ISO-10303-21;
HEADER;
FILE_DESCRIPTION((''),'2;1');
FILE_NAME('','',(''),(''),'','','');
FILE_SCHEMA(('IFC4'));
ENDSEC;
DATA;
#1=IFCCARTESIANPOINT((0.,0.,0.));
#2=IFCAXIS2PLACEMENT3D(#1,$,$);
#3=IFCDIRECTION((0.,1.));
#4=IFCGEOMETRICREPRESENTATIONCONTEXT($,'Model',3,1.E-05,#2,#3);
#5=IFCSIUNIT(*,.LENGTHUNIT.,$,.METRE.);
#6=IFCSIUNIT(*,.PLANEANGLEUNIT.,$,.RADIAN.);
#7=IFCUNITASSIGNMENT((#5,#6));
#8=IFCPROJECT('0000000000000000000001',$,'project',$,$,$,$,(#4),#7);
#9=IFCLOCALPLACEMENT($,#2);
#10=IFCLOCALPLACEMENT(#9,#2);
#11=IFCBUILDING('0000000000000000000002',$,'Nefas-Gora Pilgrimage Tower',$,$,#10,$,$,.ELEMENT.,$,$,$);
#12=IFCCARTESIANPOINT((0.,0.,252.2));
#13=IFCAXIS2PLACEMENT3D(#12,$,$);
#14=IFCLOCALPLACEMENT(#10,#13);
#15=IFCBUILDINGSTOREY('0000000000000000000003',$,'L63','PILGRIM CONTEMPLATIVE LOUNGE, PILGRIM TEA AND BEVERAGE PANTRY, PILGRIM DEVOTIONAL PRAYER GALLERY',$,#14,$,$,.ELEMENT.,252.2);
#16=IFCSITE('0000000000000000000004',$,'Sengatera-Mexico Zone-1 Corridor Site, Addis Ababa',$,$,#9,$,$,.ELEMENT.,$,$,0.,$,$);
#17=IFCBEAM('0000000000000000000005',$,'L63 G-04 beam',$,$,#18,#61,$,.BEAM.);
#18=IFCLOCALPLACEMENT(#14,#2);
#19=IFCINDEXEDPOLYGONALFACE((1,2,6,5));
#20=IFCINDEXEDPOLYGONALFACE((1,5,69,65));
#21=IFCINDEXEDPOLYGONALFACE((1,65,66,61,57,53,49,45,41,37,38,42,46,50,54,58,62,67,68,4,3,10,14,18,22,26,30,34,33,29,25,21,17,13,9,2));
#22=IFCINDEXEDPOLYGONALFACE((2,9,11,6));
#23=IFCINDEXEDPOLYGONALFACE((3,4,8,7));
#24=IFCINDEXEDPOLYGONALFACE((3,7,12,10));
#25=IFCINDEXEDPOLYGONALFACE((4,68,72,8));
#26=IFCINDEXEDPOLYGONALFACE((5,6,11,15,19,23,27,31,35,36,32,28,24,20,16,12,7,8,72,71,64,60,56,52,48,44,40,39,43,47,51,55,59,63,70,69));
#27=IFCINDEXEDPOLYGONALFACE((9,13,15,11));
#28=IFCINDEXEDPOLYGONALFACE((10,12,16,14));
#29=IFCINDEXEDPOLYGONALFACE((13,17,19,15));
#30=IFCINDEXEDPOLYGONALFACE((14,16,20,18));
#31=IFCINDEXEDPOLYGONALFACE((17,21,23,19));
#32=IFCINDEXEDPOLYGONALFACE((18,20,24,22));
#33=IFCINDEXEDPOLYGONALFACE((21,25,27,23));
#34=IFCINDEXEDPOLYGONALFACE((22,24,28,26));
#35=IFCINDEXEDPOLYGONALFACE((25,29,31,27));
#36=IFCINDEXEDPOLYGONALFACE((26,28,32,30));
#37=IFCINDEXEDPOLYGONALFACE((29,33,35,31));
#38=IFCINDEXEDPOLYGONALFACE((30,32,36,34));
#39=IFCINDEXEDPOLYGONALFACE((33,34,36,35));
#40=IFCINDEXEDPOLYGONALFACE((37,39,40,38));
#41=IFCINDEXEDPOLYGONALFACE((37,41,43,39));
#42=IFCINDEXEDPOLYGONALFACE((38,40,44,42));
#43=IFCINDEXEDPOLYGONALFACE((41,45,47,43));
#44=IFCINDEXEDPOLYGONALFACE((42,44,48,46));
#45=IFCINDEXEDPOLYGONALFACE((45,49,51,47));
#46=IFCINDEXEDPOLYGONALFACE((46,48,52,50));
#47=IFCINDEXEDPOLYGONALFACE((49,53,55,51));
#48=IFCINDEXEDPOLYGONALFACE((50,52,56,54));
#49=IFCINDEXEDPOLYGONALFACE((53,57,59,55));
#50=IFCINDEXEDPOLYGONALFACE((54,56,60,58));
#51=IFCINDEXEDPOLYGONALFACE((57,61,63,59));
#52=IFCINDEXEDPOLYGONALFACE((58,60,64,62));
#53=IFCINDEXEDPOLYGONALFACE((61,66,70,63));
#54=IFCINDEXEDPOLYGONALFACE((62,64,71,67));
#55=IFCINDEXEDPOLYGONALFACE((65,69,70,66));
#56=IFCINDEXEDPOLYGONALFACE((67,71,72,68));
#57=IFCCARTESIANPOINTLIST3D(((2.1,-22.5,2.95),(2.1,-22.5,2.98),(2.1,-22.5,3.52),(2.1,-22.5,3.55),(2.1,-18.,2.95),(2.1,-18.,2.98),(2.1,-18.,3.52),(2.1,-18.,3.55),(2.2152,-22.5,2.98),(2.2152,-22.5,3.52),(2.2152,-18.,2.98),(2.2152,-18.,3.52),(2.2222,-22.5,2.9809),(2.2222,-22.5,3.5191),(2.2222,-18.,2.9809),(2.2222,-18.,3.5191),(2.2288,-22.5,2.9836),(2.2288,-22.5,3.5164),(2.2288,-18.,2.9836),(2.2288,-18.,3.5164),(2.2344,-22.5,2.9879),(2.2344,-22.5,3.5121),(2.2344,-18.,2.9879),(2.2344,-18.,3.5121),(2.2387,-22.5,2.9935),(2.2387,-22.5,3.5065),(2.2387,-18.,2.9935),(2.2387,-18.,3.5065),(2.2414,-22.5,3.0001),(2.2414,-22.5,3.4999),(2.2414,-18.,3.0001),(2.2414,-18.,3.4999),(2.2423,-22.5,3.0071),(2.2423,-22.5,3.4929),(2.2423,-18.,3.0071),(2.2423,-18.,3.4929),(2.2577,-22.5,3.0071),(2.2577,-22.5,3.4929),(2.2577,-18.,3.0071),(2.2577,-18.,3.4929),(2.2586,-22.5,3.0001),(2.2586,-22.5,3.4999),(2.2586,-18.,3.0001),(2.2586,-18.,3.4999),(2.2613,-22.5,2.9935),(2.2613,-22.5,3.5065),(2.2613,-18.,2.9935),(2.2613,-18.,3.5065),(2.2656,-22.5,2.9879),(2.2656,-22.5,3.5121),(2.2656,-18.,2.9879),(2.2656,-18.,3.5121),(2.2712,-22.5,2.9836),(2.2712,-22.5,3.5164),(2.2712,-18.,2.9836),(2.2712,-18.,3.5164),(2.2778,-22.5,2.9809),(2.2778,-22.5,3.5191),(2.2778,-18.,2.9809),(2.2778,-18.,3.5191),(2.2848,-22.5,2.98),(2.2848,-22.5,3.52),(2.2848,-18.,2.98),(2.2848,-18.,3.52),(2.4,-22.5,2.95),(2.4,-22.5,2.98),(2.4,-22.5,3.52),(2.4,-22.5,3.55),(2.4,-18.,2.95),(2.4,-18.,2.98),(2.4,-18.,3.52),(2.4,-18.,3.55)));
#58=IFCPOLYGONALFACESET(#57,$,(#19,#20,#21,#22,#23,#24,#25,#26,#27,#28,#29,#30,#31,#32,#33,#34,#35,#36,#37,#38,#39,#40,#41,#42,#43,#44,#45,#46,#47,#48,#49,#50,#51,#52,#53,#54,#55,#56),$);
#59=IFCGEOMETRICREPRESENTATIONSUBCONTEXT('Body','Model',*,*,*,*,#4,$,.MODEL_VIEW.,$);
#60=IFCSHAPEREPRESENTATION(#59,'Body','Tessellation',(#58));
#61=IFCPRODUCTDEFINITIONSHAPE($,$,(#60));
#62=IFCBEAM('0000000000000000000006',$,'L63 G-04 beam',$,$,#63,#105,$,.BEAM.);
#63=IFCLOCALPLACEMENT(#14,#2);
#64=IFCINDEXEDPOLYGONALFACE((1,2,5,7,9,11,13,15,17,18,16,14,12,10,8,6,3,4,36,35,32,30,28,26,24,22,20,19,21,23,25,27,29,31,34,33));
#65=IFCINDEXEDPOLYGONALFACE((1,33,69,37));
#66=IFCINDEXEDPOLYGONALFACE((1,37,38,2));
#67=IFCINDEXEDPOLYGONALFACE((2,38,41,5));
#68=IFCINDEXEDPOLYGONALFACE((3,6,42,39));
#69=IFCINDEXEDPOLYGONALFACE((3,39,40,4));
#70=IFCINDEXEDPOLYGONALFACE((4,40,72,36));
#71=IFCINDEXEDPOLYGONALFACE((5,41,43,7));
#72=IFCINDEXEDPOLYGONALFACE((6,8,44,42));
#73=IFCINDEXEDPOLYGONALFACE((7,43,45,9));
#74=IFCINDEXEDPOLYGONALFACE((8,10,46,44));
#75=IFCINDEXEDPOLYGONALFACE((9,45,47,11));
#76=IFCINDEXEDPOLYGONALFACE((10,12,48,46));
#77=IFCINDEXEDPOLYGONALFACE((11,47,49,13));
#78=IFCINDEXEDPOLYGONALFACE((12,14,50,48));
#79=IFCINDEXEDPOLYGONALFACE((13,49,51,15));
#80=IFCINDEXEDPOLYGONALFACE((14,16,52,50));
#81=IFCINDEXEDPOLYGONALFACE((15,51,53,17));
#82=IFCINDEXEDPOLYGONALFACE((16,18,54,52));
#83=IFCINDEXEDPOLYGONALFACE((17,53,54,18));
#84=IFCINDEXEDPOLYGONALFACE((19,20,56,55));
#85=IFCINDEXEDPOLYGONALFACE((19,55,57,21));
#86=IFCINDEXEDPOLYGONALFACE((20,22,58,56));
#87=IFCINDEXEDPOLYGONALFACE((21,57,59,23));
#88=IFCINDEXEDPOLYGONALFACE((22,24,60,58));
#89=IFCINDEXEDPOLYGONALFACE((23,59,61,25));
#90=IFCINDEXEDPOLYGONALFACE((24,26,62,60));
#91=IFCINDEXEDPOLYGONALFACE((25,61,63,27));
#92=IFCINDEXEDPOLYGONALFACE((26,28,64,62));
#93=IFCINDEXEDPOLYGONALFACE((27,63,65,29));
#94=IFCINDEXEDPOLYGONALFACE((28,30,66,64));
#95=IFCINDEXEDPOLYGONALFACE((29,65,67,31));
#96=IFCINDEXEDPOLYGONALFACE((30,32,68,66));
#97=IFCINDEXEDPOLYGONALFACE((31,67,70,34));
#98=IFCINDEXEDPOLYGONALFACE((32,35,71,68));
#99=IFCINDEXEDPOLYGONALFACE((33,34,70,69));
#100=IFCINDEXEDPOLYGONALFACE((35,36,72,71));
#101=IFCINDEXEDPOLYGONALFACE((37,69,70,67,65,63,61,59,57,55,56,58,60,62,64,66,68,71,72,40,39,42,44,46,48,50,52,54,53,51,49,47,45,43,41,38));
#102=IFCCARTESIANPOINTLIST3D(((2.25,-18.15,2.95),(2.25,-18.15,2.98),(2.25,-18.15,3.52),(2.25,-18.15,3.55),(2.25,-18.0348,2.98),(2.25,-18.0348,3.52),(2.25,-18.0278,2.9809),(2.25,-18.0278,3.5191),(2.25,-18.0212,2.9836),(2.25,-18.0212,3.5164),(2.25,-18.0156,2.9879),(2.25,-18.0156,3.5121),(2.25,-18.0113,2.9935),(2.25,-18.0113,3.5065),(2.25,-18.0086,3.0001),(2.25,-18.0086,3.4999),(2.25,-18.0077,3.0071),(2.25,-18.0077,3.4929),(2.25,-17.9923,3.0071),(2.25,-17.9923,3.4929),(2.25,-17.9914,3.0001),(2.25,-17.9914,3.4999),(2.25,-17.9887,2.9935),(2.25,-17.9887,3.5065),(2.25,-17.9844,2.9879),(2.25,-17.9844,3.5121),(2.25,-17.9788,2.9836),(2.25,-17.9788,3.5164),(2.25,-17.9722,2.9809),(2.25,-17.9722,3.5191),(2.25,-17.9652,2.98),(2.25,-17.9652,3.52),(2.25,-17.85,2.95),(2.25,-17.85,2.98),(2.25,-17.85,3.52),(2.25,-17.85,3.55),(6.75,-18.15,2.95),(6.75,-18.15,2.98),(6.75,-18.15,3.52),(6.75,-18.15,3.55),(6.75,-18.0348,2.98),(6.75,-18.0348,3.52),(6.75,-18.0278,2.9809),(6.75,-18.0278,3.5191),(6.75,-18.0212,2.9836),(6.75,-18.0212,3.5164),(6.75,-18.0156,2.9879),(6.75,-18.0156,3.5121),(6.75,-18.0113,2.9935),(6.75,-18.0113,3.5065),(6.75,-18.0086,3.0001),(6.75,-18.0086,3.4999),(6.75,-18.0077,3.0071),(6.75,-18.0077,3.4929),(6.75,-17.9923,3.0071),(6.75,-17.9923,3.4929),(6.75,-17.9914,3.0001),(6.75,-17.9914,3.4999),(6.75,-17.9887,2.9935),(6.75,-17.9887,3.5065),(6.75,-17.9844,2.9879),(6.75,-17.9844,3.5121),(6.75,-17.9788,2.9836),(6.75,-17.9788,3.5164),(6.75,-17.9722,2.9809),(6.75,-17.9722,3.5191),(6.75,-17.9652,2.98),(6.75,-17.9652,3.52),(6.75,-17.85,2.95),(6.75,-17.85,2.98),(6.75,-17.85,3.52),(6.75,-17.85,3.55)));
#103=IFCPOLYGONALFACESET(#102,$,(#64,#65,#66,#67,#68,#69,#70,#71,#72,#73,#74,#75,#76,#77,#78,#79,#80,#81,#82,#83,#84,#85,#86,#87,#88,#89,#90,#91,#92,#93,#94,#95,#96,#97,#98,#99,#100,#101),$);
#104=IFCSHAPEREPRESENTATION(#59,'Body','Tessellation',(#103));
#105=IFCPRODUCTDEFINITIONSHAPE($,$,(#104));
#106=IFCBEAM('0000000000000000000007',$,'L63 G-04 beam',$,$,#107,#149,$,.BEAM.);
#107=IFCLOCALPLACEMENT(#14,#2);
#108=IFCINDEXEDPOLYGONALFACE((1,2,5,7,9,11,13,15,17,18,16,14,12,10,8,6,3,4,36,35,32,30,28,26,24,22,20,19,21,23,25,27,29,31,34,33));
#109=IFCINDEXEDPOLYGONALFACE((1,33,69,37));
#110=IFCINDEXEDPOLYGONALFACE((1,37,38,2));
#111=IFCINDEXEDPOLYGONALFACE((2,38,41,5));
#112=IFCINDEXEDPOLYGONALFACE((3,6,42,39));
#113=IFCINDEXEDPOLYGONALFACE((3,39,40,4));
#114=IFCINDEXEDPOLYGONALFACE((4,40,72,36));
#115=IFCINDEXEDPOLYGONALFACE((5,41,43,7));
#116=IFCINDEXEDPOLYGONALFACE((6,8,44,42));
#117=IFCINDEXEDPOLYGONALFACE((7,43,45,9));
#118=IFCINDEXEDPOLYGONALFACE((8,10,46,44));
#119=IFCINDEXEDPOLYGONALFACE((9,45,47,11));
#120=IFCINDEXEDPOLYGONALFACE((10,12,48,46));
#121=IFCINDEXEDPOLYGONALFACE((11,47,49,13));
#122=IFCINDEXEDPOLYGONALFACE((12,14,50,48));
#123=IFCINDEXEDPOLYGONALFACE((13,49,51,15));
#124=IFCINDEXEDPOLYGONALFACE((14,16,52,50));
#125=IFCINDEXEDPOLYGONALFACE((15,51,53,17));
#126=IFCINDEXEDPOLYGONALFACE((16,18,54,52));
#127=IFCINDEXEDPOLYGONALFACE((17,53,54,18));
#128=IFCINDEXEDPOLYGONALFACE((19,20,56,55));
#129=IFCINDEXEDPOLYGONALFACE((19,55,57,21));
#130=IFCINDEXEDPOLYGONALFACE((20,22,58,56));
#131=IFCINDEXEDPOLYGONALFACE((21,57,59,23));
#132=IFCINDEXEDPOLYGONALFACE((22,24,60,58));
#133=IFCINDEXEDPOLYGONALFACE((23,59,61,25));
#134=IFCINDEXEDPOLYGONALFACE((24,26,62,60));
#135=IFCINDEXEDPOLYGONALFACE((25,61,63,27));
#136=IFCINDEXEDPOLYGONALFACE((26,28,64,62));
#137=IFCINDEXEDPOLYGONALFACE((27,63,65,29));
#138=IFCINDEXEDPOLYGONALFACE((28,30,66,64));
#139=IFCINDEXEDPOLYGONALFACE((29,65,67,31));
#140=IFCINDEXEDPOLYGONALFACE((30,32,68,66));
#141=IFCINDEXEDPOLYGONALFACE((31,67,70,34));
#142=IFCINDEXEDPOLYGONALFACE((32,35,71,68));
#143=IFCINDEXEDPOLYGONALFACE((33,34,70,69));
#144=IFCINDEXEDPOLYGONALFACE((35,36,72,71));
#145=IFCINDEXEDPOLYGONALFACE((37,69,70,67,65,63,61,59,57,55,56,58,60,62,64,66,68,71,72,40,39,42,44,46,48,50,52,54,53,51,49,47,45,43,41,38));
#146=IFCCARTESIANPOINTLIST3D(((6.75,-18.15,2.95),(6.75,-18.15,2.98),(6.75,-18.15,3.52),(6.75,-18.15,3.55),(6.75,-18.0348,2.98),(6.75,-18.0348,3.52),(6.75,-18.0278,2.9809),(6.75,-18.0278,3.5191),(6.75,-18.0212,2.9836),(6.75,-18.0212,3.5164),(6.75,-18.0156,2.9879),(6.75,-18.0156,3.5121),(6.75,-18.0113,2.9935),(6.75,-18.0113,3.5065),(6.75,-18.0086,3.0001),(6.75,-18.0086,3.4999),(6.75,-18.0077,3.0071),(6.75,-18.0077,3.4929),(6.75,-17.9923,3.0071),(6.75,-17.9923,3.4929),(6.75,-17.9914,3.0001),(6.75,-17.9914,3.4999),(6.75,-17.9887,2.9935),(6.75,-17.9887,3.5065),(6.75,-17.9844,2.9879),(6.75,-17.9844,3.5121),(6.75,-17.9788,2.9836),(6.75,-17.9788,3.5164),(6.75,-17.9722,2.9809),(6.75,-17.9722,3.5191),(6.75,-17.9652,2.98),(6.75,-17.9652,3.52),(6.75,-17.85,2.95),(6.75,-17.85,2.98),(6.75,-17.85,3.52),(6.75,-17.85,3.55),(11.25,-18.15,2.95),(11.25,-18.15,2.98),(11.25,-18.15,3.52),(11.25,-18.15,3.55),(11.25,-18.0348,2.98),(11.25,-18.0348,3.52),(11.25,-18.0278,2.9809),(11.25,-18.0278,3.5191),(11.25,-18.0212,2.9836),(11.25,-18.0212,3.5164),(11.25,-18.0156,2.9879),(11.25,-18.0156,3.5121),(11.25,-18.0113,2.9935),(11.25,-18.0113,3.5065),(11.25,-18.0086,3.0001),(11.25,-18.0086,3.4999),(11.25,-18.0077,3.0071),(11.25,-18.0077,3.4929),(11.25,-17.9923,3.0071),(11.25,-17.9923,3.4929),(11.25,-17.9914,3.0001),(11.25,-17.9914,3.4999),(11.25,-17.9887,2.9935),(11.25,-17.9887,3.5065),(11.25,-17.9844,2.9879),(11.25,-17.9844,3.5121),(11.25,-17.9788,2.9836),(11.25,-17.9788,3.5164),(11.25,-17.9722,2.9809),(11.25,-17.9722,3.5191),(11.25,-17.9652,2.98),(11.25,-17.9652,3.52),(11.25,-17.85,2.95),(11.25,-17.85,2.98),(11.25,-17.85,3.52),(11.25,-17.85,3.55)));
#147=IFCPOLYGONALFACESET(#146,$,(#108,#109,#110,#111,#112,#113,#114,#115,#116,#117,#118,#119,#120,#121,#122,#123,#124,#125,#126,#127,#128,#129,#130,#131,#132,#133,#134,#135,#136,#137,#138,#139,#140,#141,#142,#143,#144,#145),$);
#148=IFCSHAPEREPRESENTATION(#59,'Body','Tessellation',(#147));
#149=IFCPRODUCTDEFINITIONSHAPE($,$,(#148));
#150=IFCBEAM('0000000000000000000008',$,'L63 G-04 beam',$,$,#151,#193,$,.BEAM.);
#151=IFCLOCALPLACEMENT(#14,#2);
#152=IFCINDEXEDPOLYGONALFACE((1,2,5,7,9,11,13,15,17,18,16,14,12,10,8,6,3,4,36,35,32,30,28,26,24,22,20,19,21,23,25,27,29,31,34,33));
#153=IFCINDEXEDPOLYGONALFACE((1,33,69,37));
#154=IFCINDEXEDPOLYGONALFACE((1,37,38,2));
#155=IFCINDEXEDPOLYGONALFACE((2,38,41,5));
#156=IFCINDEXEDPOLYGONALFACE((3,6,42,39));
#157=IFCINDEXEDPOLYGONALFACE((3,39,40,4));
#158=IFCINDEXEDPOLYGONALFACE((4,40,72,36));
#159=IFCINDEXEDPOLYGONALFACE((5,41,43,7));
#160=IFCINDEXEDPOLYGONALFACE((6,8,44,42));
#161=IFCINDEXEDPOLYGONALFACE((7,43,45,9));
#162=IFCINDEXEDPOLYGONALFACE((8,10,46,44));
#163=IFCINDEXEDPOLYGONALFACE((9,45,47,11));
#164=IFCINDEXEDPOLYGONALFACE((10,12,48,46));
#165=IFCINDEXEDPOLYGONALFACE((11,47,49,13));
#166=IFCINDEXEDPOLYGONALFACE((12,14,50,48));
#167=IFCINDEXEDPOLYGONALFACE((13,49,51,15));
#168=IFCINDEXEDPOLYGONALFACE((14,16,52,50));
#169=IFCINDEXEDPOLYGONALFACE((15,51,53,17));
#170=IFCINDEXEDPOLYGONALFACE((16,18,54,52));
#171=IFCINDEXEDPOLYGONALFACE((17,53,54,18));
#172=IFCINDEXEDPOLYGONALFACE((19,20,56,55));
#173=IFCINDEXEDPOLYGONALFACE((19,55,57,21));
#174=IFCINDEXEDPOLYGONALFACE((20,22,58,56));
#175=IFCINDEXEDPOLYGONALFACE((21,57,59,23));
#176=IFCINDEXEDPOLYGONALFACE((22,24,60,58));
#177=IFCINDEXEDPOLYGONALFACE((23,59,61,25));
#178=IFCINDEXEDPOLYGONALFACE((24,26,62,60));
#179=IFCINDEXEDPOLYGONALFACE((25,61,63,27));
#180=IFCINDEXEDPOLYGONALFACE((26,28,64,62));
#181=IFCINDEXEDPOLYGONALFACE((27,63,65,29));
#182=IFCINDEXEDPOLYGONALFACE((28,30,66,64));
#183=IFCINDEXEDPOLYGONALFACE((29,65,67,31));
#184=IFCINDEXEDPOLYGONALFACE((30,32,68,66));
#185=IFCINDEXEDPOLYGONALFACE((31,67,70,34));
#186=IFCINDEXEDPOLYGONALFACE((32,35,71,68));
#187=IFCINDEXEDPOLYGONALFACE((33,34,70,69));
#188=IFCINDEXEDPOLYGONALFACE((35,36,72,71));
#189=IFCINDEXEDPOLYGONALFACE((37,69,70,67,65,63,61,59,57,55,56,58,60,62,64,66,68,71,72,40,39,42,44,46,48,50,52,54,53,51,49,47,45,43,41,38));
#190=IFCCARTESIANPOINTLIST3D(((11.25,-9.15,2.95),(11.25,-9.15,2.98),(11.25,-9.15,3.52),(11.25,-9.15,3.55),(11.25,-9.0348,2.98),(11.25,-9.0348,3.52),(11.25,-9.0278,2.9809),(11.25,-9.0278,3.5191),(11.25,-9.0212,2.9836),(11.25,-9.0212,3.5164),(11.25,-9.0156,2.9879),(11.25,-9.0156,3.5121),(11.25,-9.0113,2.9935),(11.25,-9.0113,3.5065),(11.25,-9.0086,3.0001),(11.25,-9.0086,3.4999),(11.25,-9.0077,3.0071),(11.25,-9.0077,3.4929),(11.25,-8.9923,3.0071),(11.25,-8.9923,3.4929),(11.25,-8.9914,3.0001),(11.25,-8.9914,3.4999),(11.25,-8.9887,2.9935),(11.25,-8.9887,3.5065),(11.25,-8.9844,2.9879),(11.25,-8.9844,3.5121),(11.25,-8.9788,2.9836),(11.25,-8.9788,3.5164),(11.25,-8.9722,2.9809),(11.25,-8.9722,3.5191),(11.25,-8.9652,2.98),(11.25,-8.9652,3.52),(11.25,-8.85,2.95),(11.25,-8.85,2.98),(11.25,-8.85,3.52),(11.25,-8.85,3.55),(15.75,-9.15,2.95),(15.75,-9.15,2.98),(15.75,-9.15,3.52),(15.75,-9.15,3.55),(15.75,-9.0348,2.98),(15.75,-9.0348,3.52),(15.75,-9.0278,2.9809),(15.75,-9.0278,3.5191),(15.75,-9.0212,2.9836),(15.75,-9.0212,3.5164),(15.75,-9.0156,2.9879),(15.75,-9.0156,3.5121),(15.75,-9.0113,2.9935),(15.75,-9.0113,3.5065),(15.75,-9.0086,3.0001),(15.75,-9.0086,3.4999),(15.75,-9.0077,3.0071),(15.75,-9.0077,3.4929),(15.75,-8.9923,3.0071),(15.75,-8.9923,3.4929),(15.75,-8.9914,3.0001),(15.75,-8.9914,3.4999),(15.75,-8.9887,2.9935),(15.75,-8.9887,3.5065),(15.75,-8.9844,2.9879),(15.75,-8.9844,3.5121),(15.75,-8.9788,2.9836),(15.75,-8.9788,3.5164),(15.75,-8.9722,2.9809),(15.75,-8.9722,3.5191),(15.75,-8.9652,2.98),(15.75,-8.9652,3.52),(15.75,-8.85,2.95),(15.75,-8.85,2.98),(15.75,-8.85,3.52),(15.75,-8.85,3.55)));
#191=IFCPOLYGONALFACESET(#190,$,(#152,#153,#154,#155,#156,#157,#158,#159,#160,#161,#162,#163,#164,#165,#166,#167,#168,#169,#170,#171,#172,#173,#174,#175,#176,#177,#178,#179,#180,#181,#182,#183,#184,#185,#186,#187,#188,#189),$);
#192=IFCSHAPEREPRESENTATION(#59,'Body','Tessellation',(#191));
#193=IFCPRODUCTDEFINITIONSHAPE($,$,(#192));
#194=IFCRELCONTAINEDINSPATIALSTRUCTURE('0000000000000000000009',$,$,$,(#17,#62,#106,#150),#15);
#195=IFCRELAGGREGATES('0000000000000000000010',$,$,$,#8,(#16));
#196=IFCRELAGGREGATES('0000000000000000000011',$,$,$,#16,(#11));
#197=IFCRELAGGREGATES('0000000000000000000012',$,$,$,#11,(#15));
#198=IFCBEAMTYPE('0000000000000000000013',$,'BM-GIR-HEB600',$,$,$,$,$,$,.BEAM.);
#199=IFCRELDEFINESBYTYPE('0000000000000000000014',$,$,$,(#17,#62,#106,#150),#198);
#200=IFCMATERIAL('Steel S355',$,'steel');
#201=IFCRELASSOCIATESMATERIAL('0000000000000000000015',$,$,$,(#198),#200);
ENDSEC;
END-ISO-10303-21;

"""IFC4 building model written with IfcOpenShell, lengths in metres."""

from ifc_helpers import new_model, si_unit, direction, frame, origin, origin_2d, place, context, subcontext, project, spatial, i_section, extrude, source, transform, mapped, material, material_profile, profile_set, type_object, element, save


model = new_model("IFC4")

# Units and contexts
model_context = context("Model", 3, precision=1e-05, world=origin(), true_north=direction((0.0, 1.0)))
body_context = subcontext(model_context, "Body", "Model", "MODEL_VIEW")
ifc_project = project(units=[si_unit("LENGTHUNIT", "METRE"), si_unit("PLANEANGLEUNIT", "RADIAN")], contexts=[model_context])

# Site, building, storey
site_placement = place(None, origin())
site = spatial("IfcSite", under=ifc_project, at=site_placement, Name="Sengatera-Mexico Zone-1 Corridor Site, Addis Ababa", CompositionType="ELEMENT", RefElevation=0.0)
building_placement = place(site_placement, origin())
building = spatial("IfcBuilding", under=site, at=building_placement, Name="Nefas-Gora Pilgrimage Tower", CompositionType="ELEMENT")
storey_placement = place(building_placement, frame((0.0, 0.0, 252.2)))
storey = spatial("IfcBuildingStorey", under=building, at=storey_placement, Name="L63", Description="PILGRIM CONTEMPLATIVE LOUNGE, PILGRIM TEA AND BEVERAGE PANTRY, PILGRIM DEVOTIONAL PRAYER GALLERY", CompositionType="ELEMENT", Elevation=252.2)

# Beams
ifc_material_1 = material(Name="Steel S355", Category="steel")
ifc_material_profile_1 = material_profile(ifc_material_1, i_section(OverallWidth=0.3, OverallDepth=0.6001, WebThickness=0.0154, FlangeThickness=0.03, FilletRadius=0.0271, at=origin_2d()), Name="HEB 600")
ifc_profile_set_1 = profile_set([ifc_material_profile_1], Name="Steel S355")
beam_type = type_object("IfcBeamType", Name="BM-GIR-HEB600", PredefinedType="BEAM", material=ifc_profile_set_1)
shared_shape_1 = source(origin(), body_context, "Body", "SweptSolid", [
    extrude(i_section(OverallWidth=0.3, OverallDepth=0.6001, WebThickness=0.0154, FlangeThickness=0.03, FilletRadius=0.0271, at=origin_2d()), origin(), (0.0, 0.0, 1.0), 4.5),
])
for number, where, z_axis, x_axis, name in (
    (1, (2.25, -22.5, 3.25), (0.0, 1.0, 0.0), (-1.0, 0.0, 0.0), "L63 G-04 beam"),
    (2, (2.25, -18.0, 3.25), (1.0, 0.0, 0.0), (0.0, 1.0, 0.0), "L63 G-04 beam"),
    (3, (6.75, -18.0, 3.25), (1.0, 0.0, 0.0), (0.0, 1.0, 0.0), "L63 G-04 beam"),
    (4, (11.25, -9.0, 3.25), (1.0, 0.0, 0.0), (0.0, 1.0, 0.0), "L63 G-04 beam"),
):
    element("IfcBeam", number, at=place(storey_placement, frame(where, z_axis=z_axis, x_axis=x_axis)), inside=storey, type_object=beam_type, Name=name, PredefinedType="BEAM", context=body_context, shape_type="MappedRepresentation", body=[
        mapped(shared_shape_1, transform((0.0, 0.0, 0.0), x_axis=(1.0, 0.0, 0.0), y_axis=(0.0, 1.0, 0.0), z_axis=(0.0, 0.0, 1.0), scale=1.0)),
    ])

save(model, "model.ifc")
